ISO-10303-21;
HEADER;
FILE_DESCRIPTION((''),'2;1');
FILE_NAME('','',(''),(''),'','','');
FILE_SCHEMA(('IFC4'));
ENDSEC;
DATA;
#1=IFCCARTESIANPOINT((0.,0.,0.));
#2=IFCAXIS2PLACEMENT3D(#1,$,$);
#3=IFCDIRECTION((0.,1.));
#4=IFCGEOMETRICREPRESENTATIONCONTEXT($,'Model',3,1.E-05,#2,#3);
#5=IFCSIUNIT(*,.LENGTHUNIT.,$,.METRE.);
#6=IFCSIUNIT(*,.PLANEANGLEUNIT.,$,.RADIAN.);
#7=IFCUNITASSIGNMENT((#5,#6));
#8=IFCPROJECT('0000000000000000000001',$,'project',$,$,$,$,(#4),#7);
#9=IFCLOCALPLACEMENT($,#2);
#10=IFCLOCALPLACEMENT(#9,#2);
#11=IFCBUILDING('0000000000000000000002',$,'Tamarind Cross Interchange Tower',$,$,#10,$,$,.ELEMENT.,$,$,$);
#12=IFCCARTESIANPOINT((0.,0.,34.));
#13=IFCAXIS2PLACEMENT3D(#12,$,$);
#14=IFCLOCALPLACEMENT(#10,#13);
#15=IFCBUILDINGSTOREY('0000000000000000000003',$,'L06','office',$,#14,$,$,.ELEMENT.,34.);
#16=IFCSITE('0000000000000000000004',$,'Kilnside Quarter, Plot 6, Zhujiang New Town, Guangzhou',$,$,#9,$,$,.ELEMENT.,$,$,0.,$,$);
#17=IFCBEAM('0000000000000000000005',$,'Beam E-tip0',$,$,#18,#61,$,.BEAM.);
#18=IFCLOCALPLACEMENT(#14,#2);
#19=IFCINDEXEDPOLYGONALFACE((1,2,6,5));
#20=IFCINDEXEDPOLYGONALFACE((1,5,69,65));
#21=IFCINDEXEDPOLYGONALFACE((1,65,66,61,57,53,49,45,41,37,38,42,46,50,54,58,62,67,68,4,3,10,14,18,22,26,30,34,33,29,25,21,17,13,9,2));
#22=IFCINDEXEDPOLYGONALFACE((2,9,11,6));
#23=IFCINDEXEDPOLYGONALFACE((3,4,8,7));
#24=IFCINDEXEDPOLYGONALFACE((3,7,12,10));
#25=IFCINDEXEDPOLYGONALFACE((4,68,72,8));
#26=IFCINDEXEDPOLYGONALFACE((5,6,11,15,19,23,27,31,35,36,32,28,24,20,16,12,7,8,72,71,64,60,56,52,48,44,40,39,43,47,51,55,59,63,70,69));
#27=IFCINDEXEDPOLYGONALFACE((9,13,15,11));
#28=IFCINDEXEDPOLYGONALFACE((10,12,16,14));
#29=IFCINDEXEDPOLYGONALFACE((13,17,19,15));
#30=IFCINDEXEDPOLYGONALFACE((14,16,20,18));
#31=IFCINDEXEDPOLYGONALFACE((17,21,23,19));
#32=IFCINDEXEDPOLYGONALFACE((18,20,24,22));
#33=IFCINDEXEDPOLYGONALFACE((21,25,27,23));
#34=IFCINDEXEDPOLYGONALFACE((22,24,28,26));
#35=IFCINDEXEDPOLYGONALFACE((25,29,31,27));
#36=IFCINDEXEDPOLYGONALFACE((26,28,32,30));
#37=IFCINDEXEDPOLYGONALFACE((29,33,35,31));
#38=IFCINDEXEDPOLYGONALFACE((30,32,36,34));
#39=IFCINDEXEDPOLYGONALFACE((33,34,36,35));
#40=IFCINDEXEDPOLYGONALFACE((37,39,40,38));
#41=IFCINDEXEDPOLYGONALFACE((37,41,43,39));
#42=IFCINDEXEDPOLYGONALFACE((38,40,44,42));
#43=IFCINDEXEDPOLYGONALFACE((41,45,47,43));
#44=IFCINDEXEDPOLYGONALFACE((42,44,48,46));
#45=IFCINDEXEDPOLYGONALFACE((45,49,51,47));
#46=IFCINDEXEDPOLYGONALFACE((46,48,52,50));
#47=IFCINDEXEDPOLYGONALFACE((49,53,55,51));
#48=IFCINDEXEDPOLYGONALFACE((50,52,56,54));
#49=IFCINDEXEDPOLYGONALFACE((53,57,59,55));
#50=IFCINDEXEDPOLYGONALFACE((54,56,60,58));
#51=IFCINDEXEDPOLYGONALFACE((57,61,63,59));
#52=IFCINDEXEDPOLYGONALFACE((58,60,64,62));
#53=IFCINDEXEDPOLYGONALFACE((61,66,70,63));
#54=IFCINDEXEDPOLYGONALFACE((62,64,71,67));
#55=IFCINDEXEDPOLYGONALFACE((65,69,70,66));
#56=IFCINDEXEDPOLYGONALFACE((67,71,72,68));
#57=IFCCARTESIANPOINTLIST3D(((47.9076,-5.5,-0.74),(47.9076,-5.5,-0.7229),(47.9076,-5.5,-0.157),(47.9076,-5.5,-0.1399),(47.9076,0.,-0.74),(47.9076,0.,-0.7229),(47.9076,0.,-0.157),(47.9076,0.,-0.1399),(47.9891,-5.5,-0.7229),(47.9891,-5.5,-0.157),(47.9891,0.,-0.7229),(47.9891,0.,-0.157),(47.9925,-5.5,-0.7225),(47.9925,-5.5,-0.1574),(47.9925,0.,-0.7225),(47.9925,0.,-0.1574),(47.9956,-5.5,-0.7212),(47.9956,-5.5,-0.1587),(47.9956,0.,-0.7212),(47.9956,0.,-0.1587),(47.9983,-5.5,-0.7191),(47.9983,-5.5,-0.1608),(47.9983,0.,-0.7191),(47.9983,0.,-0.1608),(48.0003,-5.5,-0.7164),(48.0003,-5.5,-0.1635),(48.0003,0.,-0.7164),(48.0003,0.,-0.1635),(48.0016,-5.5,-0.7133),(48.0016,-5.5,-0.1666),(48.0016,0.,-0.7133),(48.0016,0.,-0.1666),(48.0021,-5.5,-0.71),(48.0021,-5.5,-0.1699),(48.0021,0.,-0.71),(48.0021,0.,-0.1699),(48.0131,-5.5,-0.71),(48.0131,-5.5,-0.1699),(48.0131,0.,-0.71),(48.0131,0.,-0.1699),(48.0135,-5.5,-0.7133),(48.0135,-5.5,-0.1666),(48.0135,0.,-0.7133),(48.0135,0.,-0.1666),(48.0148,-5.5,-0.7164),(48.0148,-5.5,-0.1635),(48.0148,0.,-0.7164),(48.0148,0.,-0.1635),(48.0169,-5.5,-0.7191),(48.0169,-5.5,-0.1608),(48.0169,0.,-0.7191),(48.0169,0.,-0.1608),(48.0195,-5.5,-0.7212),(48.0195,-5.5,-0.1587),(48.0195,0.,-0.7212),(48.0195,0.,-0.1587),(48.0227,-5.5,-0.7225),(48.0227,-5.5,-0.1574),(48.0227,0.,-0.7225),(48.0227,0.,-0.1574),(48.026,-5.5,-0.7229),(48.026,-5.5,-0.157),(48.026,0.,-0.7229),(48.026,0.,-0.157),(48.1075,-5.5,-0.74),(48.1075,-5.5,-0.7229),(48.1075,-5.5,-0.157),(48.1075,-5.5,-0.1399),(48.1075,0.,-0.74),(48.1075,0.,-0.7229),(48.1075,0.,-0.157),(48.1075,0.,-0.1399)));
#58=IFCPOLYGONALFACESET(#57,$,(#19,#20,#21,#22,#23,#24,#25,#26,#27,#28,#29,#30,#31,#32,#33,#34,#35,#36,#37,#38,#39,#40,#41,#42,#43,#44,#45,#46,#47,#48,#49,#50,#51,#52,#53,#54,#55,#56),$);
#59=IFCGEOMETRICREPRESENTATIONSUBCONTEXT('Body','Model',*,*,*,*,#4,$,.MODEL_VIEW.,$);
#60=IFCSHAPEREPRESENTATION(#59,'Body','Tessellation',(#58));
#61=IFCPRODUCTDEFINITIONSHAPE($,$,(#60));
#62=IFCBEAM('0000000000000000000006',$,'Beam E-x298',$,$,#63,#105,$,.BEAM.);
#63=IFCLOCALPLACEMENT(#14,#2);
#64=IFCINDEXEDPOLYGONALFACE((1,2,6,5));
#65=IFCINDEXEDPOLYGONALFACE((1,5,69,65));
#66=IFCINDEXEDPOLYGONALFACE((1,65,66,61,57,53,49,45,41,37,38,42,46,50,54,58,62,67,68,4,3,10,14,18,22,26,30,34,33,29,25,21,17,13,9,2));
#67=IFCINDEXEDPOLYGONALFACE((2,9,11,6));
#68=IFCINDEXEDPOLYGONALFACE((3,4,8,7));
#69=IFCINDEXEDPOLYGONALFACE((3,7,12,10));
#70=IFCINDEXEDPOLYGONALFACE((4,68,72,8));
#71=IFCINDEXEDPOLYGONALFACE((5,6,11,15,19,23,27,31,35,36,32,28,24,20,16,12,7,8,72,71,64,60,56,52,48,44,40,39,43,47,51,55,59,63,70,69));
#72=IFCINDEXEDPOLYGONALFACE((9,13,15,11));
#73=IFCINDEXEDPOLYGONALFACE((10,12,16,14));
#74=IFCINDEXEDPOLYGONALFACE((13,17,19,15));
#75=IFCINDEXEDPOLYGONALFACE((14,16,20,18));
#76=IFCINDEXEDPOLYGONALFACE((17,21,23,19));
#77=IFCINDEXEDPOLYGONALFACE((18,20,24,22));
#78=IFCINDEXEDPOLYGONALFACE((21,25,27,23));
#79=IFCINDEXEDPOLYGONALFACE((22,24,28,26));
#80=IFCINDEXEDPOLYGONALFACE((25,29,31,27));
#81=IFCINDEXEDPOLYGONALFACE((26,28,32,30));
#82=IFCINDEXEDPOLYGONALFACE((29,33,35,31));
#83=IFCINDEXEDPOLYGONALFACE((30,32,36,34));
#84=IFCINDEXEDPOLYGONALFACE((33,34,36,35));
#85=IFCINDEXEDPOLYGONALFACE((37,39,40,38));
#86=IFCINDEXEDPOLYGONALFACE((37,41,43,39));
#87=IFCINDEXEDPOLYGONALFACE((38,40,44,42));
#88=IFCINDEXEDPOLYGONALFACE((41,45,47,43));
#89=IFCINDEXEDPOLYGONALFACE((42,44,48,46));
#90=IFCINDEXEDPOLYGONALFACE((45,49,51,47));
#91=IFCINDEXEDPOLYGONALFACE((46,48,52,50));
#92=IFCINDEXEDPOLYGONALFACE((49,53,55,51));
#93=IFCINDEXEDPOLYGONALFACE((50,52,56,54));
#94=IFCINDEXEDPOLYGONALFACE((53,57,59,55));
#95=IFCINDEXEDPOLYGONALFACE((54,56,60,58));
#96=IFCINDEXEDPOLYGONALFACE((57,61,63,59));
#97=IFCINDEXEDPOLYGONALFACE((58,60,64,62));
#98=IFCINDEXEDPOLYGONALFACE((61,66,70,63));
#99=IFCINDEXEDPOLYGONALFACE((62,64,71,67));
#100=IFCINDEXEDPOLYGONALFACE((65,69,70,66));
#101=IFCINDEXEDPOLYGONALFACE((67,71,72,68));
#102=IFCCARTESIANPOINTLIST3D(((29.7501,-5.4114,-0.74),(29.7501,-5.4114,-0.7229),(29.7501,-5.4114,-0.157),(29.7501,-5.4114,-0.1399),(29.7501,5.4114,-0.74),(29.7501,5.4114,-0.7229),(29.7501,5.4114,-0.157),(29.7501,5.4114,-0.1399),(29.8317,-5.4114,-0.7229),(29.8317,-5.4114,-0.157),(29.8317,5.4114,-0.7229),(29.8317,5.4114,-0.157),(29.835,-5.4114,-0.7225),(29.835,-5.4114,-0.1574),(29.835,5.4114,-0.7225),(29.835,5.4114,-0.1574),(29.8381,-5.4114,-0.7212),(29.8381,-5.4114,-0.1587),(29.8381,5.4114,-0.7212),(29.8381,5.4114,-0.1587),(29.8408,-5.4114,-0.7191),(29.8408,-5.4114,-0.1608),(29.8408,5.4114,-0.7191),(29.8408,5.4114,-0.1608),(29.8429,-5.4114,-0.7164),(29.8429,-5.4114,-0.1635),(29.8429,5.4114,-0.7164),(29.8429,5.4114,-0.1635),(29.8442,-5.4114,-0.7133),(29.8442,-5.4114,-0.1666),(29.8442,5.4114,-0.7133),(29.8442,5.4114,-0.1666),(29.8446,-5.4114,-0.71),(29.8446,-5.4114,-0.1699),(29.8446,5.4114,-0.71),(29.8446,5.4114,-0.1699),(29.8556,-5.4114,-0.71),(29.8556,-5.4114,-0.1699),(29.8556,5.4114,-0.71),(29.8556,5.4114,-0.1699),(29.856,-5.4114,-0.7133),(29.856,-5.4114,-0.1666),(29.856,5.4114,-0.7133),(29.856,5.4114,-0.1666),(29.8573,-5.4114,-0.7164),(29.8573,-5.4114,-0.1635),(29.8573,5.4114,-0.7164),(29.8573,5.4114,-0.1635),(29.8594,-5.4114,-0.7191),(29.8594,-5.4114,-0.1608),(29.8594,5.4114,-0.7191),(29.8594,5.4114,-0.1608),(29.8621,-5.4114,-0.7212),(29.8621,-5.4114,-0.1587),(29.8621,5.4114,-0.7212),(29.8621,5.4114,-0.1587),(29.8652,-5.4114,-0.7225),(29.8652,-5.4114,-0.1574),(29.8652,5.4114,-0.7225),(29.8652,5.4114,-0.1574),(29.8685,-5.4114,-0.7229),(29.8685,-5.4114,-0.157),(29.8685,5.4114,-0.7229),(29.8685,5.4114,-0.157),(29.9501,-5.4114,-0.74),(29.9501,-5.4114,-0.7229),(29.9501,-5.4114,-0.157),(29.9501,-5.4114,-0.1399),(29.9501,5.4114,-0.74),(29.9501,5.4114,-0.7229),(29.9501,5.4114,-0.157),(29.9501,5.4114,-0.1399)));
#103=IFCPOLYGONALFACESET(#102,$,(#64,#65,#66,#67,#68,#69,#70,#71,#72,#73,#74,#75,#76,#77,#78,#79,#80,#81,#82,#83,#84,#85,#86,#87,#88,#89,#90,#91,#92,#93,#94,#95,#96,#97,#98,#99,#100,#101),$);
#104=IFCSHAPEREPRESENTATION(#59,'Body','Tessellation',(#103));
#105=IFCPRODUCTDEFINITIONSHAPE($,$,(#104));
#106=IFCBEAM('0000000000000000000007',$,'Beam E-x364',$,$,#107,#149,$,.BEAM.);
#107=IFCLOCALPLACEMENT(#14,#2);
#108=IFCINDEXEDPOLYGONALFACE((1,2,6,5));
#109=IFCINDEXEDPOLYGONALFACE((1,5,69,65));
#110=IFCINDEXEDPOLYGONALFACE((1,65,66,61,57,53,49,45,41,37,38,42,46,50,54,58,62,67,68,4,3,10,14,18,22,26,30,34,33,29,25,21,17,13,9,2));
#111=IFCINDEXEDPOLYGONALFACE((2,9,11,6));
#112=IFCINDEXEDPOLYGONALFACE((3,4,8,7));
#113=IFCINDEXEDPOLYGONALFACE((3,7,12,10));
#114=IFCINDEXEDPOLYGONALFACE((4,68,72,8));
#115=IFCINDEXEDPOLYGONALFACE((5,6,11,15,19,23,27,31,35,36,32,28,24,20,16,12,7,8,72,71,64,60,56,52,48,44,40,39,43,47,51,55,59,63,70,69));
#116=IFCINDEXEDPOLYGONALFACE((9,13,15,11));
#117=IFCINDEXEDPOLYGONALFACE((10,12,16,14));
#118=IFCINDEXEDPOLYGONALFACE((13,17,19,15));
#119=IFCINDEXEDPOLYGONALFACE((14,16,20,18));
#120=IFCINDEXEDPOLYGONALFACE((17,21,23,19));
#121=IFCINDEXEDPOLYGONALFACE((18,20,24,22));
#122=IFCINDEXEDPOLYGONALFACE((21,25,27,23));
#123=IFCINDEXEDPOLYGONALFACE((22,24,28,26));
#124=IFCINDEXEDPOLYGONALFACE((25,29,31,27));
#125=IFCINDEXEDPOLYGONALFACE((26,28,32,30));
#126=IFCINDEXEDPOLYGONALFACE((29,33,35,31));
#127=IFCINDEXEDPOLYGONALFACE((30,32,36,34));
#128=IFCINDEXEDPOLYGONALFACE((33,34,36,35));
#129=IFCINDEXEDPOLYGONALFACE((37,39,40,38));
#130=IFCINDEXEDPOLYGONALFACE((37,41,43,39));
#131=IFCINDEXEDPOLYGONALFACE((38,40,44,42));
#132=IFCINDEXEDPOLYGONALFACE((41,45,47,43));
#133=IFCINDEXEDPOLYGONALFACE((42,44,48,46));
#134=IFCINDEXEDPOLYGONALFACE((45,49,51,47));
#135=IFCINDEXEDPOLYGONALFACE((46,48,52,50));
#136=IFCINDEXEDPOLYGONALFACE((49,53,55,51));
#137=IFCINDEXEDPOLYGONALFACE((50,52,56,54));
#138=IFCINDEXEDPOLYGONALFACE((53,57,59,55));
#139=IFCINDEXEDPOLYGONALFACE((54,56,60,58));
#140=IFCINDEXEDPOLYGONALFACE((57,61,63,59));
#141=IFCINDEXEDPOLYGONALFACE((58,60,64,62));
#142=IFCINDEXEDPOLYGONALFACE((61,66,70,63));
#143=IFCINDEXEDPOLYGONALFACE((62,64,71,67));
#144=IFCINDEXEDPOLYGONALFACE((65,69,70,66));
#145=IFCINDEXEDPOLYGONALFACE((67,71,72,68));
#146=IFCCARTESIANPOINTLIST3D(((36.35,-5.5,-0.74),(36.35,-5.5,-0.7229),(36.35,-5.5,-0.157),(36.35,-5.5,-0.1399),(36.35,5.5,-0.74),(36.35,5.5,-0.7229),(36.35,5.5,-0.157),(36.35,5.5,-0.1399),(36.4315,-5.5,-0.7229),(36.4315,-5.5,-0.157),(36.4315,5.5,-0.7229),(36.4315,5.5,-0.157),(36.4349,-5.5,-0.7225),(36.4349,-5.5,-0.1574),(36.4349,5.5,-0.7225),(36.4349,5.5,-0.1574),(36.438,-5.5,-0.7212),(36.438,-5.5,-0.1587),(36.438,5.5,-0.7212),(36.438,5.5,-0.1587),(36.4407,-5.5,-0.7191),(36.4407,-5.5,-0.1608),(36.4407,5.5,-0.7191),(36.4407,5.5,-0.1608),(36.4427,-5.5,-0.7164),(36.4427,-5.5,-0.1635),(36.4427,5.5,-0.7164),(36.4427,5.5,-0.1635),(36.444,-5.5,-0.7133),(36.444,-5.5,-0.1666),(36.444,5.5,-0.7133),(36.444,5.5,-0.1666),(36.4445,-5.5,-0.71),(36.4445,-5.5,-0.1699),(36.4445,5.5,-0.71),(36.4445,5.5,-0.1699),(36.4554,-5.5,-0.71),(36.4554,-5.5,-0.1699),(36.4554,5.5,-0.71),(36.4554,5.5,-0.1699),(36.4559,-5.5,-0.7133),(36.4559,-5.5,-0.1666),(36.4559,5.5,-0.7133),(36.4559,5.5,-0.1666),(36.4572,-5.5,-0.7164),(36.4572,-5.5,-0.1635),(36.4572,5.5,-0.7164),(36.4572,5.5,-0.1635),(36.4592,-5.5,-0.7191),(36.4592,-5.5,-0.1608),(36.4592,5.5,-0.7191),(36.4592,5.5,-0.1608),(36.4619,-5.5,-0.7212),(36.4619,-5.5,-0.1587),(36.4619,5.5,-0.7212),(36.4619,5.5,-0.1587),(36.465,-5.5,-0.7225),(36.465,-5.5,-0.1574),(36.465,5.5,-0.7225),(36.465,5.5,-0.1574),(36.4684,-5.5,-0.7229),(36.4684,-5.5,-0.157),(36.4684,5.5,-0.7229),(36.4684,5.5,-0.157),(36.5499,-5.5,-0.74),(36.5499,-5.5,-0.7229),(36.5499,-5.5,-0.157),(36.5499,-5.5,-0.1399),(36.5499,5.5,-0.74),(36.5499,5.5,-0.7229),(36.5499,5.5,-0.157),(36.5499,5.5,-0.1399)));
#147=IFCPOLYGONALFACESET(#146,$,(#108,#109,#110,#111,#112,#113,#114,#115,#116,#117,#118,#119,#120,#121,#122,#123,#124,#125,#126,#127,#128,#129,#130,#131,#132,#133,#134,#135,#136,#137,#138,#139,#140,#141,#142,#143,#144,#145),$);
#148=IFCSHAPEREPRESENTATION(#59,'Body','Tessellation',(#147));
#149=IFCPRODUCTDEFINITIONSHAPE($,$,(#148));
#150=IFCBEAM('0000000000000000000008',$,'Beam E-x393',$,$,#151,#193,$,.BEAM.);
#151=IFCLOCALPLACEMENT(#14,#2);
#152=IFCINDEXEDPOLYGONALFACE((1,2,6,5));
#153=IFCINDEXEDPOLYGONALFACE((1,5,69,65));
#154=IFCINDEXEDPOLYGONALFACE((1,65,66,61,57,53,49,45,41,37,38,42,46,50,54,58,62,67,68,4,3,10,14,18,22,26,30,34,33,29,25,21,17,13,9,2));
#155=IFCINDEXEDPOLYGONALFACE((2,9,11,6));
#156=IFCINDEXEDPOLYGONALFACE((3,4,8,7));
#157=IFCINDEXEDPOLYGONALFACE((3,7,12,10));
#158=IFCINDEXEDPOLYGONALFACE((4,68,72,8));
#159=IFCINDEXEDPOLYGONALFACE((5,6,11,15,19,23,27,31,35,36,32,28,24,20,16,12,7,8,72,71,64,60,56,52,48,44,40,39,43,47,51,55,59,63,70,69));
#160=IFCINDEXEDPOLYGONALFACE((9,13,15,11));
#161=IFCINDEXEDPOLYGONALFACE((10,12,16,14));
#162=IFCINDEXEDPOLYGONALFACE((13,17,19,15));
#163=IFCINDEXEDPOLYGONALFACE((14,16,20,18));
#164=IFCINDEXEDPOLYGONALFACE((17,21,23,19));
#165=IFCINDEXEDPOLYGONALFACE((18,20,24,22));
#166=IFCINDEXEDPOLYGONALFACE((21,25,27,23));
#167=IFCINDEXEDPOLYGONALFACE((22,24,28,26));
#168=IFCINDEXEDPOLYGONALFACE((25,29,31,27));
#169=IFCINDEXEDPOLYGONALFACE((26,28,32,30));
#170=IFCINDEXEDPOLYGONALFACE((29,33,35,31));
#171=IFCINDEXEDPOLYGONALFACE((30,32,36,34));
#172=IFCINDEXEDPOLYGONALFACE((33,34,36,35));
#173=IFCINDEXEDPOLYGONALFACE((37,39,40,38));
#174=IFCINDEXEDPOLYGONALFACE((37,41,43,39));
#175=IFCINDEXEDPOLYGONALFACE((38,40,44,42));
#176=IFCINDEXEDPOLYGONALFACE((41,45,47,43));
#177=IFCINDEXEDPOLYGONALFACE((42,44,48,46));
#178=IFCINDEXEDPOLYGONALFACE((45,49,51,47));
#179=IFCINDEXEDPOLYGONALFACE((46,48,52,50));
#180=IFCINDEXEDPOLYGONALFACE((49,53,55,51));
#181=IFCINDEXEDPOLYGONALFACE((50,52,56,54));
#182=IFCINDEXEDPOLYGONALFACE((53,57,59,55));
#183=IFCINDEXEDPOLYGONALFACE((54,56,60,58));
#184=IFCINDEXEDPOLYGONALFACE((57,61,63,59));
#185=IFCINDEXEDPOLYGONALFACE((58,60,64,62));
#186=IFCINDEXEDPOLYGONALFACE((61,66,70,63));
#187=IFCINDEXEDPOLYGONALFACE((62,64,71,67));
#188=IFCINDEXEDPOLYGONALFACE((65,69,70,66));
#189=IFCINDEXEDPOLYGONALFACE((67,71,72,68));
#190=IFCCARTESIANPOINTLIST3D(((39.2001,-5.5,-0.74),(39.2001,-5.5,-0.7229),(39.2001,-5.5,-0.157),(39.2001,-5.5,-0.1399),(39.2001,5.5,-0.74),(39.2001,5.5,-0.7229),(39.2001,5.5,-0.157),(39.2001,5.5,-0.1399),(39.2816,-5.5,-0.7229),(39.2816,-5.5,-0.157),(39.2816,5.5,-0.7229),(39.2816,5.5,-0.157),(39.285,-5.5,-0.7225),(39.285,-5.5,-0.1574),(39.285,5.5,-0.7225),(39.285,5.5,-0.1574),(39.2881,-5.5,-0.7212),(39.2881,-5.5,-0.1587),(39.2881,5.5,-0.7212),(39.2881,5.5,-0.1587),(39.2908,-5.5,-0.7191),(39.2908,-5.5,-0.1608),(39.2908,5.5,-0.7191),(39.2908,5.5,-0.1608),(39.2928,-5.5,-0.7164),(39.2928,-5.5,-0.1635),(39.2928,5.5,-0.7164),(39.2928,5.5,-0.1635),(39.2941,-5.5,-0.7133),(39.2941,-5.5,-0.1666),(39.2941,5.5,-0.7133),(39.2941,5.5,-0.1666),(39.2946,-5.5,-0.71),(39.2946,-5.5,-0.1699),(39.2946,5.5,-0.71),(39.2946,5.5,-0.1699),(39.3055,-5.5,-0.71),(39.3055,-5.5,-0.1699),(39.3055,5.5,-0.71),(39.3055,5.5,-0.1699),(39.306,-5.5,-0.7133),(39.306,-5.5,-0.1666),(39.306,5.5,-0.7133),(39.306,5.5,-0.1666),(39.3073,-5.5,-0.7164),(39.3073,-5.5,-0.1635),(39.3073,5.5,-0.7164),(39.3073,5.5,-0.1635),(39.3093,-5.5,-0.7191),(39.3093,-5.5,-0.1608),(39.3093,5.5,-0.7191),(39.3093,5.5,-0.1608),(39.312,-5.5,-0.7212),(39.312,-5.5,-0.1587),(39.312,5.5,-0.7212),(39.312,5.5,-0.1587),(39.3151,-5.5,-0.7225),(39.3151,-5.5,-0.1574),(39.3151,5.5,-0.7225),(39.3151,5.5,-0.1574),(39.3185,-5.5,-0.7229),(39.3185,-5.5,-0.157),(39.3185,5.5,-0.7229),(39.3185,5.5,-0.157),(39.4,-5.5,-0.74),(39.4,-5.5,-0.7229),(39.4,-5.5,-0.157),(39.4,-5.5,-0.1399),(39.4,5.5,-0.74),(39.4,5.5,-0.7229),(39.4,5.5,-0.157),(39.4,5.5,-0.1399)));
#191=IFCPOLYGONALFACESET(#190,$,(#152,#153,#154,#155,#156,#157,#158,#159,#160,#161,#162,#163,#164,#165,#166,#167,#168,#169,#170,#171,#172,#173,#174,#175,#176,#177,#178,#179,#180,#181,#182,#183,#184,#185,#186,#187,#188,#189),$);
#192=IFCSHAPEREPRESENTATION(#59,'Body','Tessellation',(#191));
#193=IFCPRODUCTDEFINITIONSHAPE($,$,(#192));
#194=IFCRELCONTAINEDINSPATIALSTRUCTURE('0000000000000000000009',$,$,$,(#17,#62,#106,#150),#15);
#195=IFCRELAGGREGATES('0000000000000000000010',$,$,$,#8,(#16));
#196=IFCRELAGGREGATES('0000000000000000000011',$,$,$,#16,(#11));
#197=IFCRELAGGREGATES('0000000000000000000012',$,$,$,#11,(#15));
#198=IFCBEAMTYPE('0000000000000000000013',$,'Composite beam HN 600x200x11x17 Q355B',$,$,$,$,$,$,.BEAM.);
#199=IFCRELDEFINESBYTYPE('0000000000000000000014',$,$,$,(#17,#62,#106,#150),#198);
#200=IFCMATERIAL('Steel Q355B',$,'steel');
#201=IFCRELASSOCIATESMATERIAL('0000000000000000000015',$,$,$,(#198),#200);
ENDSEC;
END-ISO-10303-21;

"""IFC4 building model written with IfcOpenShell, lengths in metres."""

from ifc_helpers import new_model, si_unit, direction, frame, origin, origin_2d, place, context, subcontext, project, spatial, i_section, extrude, material, material_profile, profile_set, type_object, element, save


model = new_model("IFC4")

# Units and contexts
model_context = context("Model", 3, precision=1e-05, world=origin(), true_north=direction((0.0, 1.0)))
body_context = subcontext(model_context, "Body", "Model", "MODEL_VIEW")
ifc_project = project(units=[si_unit("LENGTHUNIT", "METRE"), si_unit("PLANEANGLEUNIT", "RADIAN")], contexts=[model_context])

# Site, building, storey
site_placement = place(None, origin())
site = spatial("IfcSite", under=ifc_project, at=site_placement, Name="Kilnside Quarter, Plot 6, Zhujiang New Town, Guangzhou", CompositionType="ELEMENT", RefElevation=0.0)
building_placement = place(site_placement, origin())
building = spatial("IfcBuilding", under=site, at=building_placement, Name="Tamarind Cross Interchange Tower", CompositionType="ELEMENT")
storey_placement = place(building_placement, frame((0.0, 0.0, 34.0)))
storey = spatial("IfcBuildingStorey", under=building, at=storey_placement, Name="L06", Description="office", CompositionType="ELEMENT", Elevation=34.0)

# Beams
ifc_material_1 = material(Name="Steel Q355B", Category="steel")
ifc_material_profile_1 = material_profile(ifc_material_1, i_section(OverallWidth=0.2, OverallDepth=0.6001, WebThickness=0.011, FlangeThickness=0.0171, FilletRadius=0.0129, at=origin_2d()), Name="HN 600x200x11x17")
ifc_profile_set_1 = profile_set([ifc_material_profile_1], Name="Steel Q355B")
beam_type_1 = type_object("IfcBeamType", Name="Composite beam HN 600x200x11x17 Q355B", PredefinedType="BEAM", material=ifc_profile_set_1)
beam_1_placement = place(storey_placement, frame((48.0076, -5.5, -0.4399), z_axis=(0.0, 1.0, 0.0), x_axis=(-1.0, 0.0, 0.0)))
element("IfcBeam", 1, at=beam_1_placement, inside=storey, type_object=beam_type_1, Name="Beam E-tip0", PredefinedType="BEAM", context=body_context, shape_type="SweptSolid", body=[
    extrude(i_section(OverallWidth=0.2, OverallDepth=0.6001, WebThickness=0.011, FlangeThickness=0.0171, FilletRadius=0.0129, at=origin_2d()), origin(), (0.0, 0.0, 1.0), 5.5),
])
beam_2_placement = place(storey_placement, frame((29.8501, -5.4114, -0.4399), z_axis=(0.0, 1.0, 0.0), x_axis=(-1.0, 0.0, 0.0)))
element("IfcBeam", 2, at=beam_2_placement, inside=storey, type_object=beam_type_1, Name="Beam E-x298", PredefinedType="BEAM", context=body_context, shape_type="SweptSolid", body=[
    extrude(i_section(OverallWidth=0.2, OverallDepth=0.6001, WebThickness=0.011, FlangeThickness=0.0171, FilletRadius=0.0129, at=origin_2d()), origin(), (0.0, 0.0, 1.0), 10.8228),
])
for number, where, z_axis, x_axis, name in (
    (3, (36.45, -5.5, -0.4399), (0.0, 1.0, 0.0), (-1.0, 0.0, 0.0), "Beam E-x364"),
    (4, (39.3, -5.5, -0.4399), (0.0, 1.0, 0.0), (-1.0, 0.0, 0.0), "Beam E-x393"),
):
    element("IfcBeam", number, at=place(storey_placement, frame(where, z_axis=z_axis, x_axis=x_axis)), inside=storey, type_object=beam_type_1, Name=name, PredefinedType="BEAM", context=body_context, shape_type="SweptSolid", body=[
        extrude(i_section(OverallWidth=0.2, OverallDepth=0.6001, WebThickness=0.011, FlangeThickness=0.0171, FilletRadius=0.0129, at=origin_2d()), origin(), (0.0, 0.0, 1.0), 11.0),
    ])

save(model, "model.ifc")
